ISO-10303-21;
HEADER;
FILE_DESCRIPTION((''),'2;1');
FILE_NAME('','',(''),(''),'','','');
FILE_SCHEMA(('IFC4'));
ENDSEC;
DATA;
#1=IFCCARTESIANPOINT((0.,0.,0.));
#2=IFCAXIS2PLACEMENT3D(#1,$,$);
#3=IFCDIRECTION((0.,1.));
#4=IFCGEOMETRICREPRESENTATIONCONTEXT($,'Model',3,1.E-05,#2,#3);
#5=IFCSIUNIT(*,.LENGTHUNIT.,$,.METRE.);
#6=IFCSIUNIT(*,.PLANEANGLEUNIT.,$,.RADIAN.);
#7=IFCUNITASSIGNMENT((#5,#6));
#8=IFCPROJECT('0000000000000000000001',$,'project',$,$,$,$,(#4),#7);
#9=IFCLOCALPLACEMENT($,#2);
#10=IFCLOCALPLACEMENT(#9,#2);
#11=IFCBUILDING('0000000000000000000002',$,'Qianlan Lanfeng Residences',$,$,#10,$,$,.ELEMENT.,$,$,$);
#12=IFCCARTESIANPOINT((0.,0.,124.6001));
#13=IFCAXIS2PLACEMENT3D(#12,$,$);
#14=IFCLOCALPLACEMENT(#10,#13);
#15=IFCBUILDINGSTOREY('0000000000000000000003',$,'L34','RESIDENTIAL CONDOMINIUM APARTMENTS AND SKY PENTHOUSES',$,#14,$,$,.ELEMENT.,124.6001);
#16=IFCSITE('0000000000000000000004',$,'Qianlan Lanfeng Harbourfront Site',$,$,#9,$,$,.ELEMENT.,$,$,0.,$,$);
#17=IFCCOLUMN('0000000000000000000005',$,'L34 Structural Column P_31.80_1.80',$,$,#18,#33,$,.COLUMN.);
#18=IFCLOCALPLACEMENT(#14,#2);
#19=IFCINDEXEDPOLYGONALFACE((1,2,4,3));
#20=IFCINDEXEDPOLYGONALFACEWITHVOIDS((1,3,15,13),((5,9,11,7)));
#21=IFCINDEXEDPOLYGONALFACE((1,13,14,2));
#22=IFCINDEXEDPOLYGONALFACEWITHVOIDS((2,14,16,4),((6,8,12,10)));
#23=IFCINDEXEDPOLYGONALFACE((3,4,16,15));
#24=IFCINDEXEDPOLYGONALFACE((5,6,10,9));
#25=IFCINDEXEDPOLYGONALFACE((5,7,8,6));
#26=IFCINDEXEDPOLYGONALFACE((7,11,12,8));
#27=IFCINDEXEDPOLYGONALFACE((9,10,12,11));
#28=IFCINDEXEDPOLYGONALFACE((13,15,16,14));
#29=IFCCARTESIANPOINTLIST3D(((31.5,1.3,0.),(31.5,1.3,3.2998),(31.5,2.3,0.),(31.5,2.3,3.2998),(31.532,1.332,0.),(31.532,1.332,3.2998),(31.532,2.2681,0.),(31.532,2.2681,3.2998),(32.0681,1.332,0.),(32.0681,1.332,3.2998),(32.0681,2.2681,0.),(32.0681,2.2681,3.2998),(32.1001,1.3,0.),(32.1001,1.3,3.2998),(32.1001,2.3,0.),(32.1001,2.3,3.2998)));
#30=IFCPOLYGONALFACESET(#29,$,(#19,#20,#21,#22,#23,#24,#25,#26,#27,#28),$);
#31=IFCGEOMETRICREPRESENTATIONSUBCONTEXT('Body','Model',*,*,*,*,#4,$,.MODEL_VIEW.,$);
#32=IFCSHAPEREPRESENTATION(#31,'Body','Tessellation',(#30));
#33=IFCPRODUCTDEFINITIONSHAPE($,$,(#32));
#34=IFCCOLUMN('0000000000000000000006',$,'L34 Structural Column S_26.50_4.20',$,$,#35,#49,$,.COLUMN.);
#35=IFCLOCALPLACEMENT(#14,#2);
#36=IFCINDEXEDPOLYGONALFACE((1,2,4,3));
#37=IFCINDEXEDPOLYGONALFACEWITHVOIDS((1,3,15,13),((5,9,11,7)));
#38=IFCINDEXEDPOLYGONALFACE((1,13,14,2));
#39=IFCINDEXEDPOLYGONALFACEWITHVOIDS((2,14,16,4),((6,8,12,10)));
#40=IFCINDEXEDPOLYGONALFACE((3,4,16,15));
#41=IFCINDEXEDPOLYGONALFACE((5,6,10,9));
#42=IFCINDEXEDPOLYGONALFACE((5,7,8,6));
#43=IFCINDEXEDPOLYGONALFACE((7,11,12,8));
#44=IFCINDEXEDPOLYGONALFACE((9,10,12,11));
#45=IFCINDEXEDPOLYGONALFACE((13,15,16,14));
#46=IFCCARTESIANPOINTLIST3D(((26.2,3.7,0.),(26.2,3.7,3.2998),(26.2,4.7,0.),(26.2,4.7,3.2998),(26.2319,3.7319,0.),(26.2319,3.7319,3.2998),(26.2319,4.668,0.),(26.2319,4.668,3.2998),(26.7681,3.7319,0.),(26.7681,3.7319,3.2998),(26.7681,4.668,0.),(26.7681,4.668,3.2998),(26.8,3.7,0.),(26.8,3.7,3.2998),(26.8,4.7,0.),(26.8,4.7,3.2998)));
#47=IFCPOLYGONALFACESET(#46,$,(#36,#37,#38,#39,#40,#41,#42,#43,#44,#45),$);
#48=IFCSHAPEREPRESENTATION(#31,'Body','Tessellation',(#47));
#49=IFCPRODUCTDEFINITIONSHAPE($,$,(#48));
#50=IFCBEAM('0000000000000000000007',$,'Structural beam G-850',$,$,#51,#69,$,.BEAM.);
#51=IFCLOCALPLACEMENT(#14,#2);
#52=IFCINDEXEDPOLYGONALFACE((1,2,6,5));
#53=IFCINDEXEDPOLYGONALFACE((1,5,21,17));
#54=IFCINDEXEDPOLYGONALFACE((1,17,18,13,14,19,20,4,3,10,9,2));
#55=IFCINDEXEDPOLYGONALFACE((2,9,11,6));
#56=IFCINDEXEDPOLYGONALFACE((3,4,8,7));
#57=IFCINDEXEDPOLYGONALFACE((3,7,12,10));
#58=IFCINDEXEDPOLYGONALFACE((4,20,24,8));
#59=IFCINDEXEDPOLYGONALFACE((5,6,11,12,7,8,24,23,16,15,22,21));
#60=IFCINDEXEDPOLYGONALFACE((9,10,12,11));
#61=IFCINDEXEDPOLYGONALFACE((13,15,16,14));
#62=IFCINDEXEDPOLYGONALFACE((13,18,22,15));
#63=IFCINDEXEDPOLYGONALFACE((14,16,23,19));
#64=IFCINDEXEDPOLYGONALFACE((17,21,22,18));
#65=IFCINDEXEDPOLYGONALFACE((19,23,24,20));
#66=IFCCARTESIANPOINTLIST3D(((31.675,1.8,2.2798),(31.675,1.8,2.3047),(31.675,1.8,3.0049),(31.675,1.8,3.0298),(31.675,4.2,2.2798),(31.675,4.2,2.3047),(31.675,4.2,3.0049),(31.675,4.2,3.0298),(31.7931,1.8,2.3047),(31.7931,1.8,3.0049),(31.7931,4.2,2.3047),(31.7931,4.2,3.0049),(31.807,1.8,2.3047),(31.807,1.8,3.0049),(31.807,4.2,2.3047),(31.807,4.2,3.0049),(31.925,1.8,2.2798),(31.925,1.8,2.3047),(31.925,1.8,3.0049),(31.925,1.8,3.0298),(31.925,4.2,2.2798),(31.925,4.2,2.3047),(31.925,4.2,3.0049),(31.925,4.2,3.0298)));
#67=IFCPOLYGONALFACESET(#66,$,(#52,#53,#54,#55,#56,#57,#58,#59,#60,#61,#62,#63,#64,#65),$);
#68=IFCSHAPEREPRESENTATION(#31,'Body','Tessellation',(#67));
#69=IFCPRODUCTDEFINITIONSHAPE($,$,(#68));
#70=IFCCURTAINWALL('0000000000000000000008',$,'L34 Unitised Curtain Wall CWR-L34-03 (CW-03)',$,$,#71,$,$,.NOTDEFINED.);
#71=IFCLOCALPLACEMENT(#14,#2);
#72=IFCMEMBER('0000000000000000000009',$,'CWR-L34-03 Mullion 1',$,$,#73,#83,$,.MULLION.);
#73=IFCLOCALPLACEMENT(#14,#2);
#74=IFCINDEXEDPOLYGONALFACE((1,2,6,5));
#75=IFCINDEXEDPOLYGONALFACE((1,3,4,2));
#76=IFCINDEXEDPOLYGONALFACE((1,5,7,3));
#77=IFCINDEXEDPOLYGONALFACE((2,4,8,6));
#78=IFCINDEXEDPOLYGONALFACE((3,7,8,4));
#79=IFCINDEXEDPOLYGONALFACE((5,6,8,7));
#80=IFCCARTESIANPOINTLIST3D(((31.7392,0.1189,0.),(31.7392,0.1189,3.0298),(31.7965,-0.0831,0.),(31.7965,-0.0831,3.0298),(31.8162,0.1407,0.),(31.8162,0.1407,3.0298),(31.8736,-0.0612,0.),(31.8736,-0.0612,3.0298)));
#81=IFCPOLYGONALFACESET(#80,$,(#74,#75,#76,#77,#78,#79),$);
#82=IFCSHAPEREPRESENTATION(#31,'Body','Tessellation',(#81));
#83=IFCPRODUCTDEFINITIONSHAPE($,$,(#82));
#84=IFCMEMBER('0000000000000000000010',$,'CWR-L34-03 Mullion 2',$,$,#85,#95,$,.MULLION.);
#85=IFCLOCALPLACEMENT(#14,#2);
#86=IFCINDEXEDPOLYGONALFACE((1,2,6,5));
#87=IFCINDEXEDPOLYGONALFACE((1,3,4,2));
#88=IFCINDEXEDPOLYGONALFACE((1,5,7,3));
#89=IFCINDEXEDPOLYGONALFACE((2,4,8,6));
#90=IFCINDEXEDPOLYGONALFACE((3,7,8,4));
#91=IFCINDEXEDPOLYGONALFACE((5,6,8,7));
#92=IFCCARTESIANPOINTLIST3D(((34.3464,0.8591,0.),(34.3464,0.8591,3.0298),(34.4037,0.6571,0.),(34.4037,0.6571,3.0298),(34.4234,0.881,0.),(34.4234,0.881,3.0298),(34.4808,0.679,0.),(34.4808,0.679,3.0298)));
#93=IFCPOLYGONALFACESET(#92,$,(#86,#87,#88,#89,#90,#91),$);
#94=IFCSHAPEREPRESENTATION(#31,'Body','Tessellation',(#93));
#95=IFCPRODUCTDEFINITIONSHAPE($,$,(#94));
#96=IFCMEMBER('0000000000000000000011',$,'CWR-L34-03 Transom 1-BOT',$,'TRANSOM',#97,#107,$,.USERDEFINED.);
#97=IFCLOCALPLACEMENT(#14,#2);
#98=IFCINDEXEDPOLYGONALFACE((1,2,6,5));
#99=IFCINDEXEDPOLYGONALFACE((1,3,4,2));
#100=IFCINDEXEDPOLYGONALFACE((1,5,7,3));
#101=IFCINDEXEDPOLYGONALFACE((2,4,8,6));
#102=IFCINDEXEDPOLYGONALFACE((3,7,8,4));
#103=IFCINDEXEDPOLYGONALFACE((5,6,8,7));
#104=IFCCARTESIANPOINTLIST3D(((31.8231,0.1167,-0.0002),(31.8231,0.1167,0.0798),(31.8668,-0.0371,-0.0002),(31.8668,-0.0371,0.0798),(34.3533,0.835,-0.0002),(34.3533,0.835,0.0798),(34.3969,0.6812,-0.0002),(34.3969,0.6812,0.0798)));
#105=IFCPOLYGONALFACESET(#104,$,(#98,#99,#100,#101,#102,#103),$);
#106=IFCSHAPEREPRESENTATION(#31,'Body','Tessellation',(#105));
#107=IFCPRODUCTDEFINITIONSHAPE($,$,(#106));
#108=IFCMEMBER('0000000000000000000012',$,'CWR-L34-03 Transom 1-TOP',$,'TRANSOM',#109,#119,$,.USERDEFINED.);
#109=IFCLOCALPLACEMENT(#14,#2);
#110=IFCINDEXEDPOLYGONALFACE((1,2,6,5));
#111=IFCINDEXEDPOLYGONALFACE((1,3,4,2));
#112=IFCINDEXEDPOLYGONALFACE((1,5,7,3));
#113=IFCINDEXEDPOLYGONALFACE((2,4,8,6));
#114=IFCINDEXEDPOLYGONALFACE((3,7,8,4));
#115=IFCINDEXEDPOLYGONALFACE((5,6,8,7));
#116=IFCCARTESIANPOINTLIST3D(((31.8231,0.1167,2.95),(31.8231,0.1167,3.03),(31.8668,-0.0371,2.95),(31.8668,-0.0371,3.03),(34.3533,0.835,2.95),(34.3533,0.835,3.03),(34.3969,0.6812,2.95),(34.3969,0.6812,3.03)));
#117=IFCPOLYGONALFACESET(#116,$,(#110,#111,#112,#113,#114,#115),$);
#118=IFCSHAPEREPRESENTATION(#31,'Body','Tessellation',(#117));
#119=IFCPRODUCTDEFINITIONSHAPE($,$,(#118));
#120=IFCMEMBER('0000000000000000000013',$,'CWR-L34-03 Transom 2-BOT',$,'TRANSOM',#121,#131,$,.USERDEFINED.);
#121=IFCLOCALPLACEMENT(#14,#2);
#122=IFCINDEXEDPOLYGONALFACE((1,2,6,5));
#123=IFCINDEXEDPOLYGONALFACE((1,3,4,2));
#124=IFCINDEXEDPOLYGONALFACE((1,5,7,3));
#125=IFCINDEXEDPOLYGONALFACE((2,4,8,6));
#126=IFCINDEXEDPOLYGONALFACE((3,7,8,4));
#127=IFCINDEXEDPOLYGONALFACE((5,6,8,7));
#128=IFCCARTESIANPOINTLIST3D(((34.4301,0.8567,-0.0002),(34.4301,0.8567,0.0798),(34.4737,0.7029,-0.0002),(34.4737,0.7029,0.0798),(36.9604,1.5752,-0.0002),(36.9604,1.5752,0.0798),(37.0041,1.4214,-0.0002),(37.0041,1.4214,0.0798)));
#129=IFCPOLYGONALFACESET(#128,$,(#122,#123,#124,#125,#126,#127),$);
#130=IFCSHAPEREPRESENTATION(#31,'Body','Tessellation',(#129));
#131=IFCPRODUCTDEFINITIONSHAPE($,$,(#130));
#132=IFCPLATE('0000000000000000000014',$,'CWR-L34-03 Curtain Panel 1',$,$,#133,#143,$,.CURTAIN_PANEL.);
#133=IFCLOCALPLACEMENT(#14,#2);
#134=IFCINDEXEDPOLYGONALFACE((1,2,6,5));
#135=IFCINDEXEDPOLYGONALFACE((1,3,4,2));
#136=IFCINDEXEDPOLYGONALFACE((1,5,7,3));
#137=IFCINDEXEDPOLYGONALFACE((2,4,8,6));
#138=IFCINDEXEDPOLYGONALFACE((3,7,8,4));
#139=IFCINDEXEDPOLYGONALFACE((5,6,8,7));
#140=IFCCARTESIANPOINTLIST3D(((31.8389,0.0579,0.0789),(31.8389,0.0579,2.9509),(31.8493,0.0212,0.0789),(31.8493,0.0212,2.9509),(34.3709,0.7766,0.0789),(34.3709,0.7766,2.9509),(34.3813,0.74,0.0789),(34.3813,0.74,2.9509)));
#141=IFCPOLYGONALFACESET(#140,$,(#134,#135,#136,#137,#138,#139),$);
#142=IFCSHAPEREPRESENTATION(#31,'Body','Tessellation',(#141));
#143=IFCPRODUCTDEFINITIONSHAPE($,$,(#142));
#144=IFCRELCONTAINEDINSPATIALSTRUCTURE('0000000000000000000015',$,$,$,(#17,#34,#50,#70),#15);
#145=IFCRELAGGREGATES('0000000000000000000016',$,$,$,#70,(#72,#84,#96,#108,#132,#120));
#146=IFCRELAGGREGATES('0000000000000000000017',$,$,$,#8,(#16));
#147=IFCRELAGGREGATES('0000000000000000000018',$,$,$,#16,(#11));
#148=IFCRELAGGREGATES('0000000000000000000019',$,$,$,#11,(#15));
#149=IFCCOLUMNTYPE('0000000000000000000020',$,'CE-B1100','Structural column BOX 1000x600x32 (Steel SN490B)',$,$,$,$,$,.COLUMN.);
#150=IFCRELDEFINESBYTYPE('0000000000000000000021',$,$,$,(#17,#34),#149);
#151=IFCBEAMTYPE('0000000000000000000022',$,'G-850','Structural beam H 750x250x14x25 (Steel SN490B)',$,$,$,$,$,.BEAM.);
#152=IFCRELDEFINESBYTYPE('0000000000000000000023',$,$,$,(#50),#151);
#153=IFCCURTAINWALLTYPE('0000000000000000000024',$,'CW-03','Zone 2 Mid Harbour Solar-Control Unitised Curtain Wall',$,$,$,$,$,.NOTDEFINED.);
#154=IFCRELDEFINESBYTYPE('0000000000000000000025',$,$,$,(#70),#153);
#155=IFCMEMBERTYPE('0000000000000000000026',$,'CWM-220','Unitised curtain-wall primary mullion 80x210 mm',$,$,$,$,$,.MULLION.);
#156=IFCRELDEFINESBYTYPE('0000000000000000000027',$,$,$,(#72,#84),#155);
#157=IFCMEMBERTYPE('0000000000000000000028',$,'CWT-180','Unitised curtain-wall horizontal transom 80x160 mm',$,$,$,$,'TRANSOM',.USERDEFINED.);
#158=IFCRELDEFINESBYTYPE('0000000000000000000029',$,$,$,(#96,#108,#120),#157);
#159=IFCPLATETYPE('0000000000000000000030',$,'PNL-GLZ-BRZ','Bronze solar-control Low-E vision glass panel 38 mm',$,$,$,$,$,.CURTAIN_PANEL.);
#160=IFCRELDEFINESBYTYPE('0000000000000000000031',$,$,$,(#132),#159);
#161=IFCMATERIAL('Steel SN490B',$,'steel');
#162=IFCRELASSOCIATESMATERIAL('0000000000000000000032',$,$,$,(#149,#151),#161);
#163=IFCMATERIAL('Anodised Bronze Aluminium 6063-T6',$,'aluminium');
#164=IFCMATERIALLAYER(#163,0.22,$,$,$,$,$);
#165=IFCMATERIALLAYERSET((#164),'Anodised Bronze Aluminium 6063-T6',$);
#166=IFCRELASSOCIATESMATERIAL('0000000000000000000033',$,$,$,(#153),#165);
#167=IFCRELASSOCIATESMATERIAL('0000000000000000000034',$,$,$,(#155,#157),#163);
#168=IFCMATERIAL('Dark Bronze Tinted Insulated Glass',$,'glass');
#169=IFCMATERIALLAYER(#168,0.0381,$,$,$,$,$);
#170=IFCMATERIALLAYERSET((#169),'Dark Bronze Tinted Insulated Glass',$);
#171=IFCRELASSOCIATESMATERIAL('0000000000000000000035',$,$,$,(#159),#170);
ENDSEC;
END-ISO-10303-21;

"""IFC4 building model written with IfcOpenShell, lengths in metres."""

from ifc_helpers import new_model, si_unit, direction, frame, origin, origin_2d, place, context, subcontext, project, spatial, rectangle, hollow_rectangle, i_section, extrude, source, transform, mapped, material, layer, layer_set, material_profile, profile_set, type_object, element, aggregate, save


model = new_model("IFC4")

# Units and contexts
model_context = context("Model", 3, precision=1e-05, world=origin(), true_north=direction((0.0, 1.0)))
body_context = subcontext(model_context, "Body", "Model", "MODEL_VIEW")
ifc_project = project(units=[si_unit("LENGTHUNIT", "METRE"), si_unit("PLANEANGLEUNIT", "RADIAN")], contexts=[model_context])

# Site, building, storey
site_placement = place(None, origin())
site = spatial("IfcSite", under=ifc_project, at=site_placement, Name="Qianlan Lanfeng Harbourfront Site", CompositionType="ELEMENT", RefElevation=0.0)
building_placement = place(site_placement, origin())
building = spatial("IfcBuilding", under=site, at=building_placement, Name="Qianlan Lanfeng Residences", CompositionType="ELEMENT")
storey_placement = place(building_placement, frame((0.0, 0.0, 124.6001)))
storey = spatial("IfcBuildingStorey", under=building, at=storey_placement, Name="L34", Description="RESIDENTIAL CONDOMINIUM APARTMENTS AND SKY PENTHOUSES", CompositionType="ELEMENT", Elevation=124.6001)

# Columns
ifc_material_1 = material(Name="Steel SN490B", Category="steel")
ifc_material_profile_1 = material_profile(ifc_material_1, hollow_rectangle(XDim=0.6001, YDim=1.0, WallThickness=0.032, at=origin_2d()), Name="BOX 1000x600x32")
ifc_profile_set_1 = profile_set([ifc_material_profile_1], Name="Steel SN490B")
column_type = type_object("IfcColumnType", Name="CE-B1100", Description="Structural column BOX 1000x600x32 (Steel SN490B)", PredefinedType="COLUMN", material=ifc_profile_set_1)
for number, where, z_axis, x_axis, name in (
    (1, (31.8, 1.8, 0.0), (0.0, 0.0, 1.0), (1.0, 0.0, 0.0), "L34 Structural Column P_31.80_1.80"),
    (2, (26.5, 4.2, 0.0), (0.0, 0.0, 1.0), (1.0, 0.0, 0.0), "L34 Structural Column S_26.50_4.20"),
):
    element("IfcColumn", number, at=place(storey_placement, frame(where, z_axis=z_axis, x_axis=x_axis)), inside=storey, type_object=column_type, Name=name, PredefinedType="COLUMN", context=body_context, shape_type="SweptSolid", body=[
        extrude(hollow_rectangle(XDim=0.6001, YDim=1.0, WallThickness=0.032, at=origin_2d()), origin(), (0.0, 0.0, 1.0), 3.2998),
    ])

# Beam
ifc_material_profile_2 = material_profile(ifc_material_1, i_section(OverallWidth=0.25, OverallDepth=0.75, WebThickness=0.0139, FlangeThickness=0.0249, at=origin_2d()), Name="H 750x250x14x25")
ifc_profile_set_2 = profile_set([ifc_material_profile_2], Name="Steel SN490B")
beam_type = type_object("IfcBeamType", Name="G-850", Description="Structural beam H 750x250x14x25 (Steel SN490B)", PredefinedType="BEAM", material=ifc_profile_set_2)
beam_placement = place(storey_placement, frame((31.8, 1.8, 2.6548), z_axis=(0.0, 1.0, 0.0), x_axis=(-1.0, 0.0, 0.0)))
element("IfcBeam", 3, at=beam_placement, inside=storey, type_object=beam_type, Name="Structural beam G-850", PredefinedType="BEAM", context=body_context, shape_type="SweptSolid", body=[
    extrude(i_section(OverallWidth=0.25, OverallDepth=0.75, WebThickness=0.0139, FlangeThickness=0.0249, at=origin_2d()), origin(), (0.0, 0.0, 1.0), 2.3999),
])

# Curtain wall, members, plate
ifc_material_2 = material(Name="Anodised Bronze Aluminium 6063-T6", Category="aluminium")
ifc_layer_1 = layer(ifc_material_2, 0.22)
ifc_layer_set_1 = layer_set([ifc_layer_1], Name="Anodised Bronze Aluminium 6063-T6")
curtain_wall_type = type_object("IfcCurtainWallType", Name="CW-03", Description="Zone 2 Mid Harbour Solar-Control Unitised Curtain Wall", PredefinedType="NOTDEFINED", material=ifc_layer_set_1)
curtain_wall_placement = place(storey_placement, origin())
curtain_wall = element("IfcCurtainWall", 4, at=curtain_wall_placement, inside=storey, type_object=curtain_wall_type, Name="L34 Unitised Curtain Wall CWR-L34-03 (CW-03)", PredefinedType="NOTDEFINED")
ifc_material_profile_3 = material_profile(ifc_material_2, rectangle(XDim=0.0801, YDim=0.21, at=origin_2d()), Name="ALU MULLION 80x210")
ifc_profile_set_3 = profile_set([ifc_material_profile_3], Name="Anodised Bronze Aluminium 6063-T6")
member_type_1 = type_object("IfcMemberType", Name="CWM-220", Description="Unitised curtain-wall primary mullion 80x210 mm", PredefinedType="MULLION", material=ifc_profile_set_3)
shared_shape_1 = source(origin(), body_context, "Body", "SweptSolid", [
    extrude(rectangle(XDim=0.0801, YDim=0.21, at=origin_2d()), origin(), (0.0, 0.0, 1.0), 3.0298),
])
member_1_placement = place(storey_placement, frame((31.8064, 0.0288, 0.0), z_axis=(0.0, 0.0, 1.0), x_axis=(0.961989, 0.273088, 0.0)))
member_1 = element("IfcMember", 5, at=member_1_placement, type_object=member_type_1, Name="CWR-L34-03 Mullion 1", PredefinedType="MULLION", context=body_context, shape_type="MappedRepresentation", body=[
    mapped(shared_shape_1, transform((0.0, 0.0, 0.0), scale=1.0)),
])
member_2_placement = place(storey_placement, frame((34.4136, 0.769, 0.0), z_axis=(0.0, 0.0, 1.0), x_axis=(0.961989, 0.273088, 0.0)))
member_2 = element("IfcMember", 6, at=member_2_placement, type_object=member_type_1, Name="CWR-L34-03 Mullion 2", PredefinedType="MULLION", context=body_context, shape_type="MappedRepresentation", body=[
    mapped(shared_shape_1, transform((0.0, 0.0, 0.0), scale=1.0)),
])
ifc_material_profile_4 = material_profile(ifc_material_2, rectangle(XDim=0.0801, YDim=0.1599, at=origin_2d()), Name="ALU TRANSOM 80x160")
ifc_profile_set_4 = profile_set([ifc_material_profile_4], Name="Anodised Bronze Aluminium 6063-T6")
member_type_2 = type_object("IfcMemberType", Name="CWT-180", Description="Unitised curtain-wall horizontal transom 80x160 mm", ElementType="TRANSOM", PredefinedType="USERDEFINED", material=ifc_profile_set_4)
shared_shape_2 = source(origin(), body_context, "Body", "SweptSolid", [
    extrude(rectangle(XDim=0.0801, YDim=0.1599, at=origin_2d()), origin(), (0.0, 0.0, 1.0), 2.6301),
])
member_3_placement = place(storey_placement, frame((31.845, 0.0398, 0.0398), z_axis=(0.961985, 0.273102, 0.0), x_axis=(0.0, 0.0, 1.0)))
member_3 = element("IfcMember", 7, at=member_3_placement, type_object=member_type_2, Name="CWR-L34-03 Transom 1-BOT", ObjectType="TRANSOM", PredefinedType="USERDEFINED", context=body_context, shape_type="MappedRepresentation", body=[
    mapped(shared_shape_2, transform((0.0, 0.0, 0.0), scale=1.0)),
])
member_4_placement = place(storey_placement, frame((31.845, 0.0398, 2.99), z_axis=(0.961985, 0.273102, 0.0), x_axis=(0.0, 0.0, 1.0)))
member_4 = element("IfcMember", 8, at=member_4_placement, type_object=member_type_2, Name="CWR-L34-03 Transom 1-TOP", ObjectType="TRANSOM", PredefinedType="USERDEFINED", context=body_context, shape_type="MappedRepresentation", body=[
    mapped(shared_shape_2, transform((0.0, 0.0, 0.0), scale=1.0)),
])
shared_shape_3 = source(origin(), body_context, "Body", "SweptSolid", [
    extrude(rectangle(XDim=0.0801, YDim=0.1599, at=origin_2d()), origin(), (0.0, 0.0, 1.0), 2.6304),
])
member_5_placement = place(storey_placement, frame((34.4519, 0.7798, 0.0398), z_axis=(0.961968, 0.273164, 0.0), x_axis=(0.0, 0.0, 1.0)))
member_5 = element("IfcMember", 9, at=member_5_placement, type_object=member_type_2, Name="CWR-L34-03 Transom 2-BOT", ObjectType="TRANSOM", PredefinedType="USERDEFINED", context=body_context, shape_type="MappedRepresentation", body=[
    mapped(shared_shape_3, transform((0.0, 0.0, 0.0), scale=1.0)),
])
ifc_material_3 = material(Name="Dark Bronze Tinted Insulated Glass", Category="glass")
ifc_layer_2 = layer(ifc_material_3, 0.0381)
ifc_layer_set_2 = layer_set([ifc_layer_2], Name="Dark Bronze Tinted Insulated Glass")
plate_type = type_object("IfcPlateType", Name="PNL-GLZ-BRZ", Description="Bronze solar-control Low-E vision glass panel 38 mm", PredefinedType="CURTAIN_PANEL", material=ifc_layer_set_2)
shared_shape_4 = source(origin(), body_context, "Body", "SweptSolid", [
    extrude(rectangle(XDim=2.6321, YDim=0.0381, at=origin_2d()), origin(), (0.0, 0.0, 1.0), 2.8721),
])
plate_placement = place(storey_placement, frame((33.1101, 0.3989, 0.0789), z_axis=(0.0, 0.0, 1.0), x_axis=(0.961989, 0.273088, 0.0)))
plate = element("IfcPlate", 10, at=plate_placement, type_object=plate_type, Name="CWR-L34-03 Curtain Panel 1", PredefinedType="CURTAIN_PANEL", context=body_context, shape_type="MappedRepresentation", body=[
    mapped(shared_shape_4, transform((0.0, 0.0, 0.0), scale=1.0)),
])
aggregate(curtain_wall, [member_1, member_2, member_3, member_4, plate, member_5])

save(model, "model.ifc")
